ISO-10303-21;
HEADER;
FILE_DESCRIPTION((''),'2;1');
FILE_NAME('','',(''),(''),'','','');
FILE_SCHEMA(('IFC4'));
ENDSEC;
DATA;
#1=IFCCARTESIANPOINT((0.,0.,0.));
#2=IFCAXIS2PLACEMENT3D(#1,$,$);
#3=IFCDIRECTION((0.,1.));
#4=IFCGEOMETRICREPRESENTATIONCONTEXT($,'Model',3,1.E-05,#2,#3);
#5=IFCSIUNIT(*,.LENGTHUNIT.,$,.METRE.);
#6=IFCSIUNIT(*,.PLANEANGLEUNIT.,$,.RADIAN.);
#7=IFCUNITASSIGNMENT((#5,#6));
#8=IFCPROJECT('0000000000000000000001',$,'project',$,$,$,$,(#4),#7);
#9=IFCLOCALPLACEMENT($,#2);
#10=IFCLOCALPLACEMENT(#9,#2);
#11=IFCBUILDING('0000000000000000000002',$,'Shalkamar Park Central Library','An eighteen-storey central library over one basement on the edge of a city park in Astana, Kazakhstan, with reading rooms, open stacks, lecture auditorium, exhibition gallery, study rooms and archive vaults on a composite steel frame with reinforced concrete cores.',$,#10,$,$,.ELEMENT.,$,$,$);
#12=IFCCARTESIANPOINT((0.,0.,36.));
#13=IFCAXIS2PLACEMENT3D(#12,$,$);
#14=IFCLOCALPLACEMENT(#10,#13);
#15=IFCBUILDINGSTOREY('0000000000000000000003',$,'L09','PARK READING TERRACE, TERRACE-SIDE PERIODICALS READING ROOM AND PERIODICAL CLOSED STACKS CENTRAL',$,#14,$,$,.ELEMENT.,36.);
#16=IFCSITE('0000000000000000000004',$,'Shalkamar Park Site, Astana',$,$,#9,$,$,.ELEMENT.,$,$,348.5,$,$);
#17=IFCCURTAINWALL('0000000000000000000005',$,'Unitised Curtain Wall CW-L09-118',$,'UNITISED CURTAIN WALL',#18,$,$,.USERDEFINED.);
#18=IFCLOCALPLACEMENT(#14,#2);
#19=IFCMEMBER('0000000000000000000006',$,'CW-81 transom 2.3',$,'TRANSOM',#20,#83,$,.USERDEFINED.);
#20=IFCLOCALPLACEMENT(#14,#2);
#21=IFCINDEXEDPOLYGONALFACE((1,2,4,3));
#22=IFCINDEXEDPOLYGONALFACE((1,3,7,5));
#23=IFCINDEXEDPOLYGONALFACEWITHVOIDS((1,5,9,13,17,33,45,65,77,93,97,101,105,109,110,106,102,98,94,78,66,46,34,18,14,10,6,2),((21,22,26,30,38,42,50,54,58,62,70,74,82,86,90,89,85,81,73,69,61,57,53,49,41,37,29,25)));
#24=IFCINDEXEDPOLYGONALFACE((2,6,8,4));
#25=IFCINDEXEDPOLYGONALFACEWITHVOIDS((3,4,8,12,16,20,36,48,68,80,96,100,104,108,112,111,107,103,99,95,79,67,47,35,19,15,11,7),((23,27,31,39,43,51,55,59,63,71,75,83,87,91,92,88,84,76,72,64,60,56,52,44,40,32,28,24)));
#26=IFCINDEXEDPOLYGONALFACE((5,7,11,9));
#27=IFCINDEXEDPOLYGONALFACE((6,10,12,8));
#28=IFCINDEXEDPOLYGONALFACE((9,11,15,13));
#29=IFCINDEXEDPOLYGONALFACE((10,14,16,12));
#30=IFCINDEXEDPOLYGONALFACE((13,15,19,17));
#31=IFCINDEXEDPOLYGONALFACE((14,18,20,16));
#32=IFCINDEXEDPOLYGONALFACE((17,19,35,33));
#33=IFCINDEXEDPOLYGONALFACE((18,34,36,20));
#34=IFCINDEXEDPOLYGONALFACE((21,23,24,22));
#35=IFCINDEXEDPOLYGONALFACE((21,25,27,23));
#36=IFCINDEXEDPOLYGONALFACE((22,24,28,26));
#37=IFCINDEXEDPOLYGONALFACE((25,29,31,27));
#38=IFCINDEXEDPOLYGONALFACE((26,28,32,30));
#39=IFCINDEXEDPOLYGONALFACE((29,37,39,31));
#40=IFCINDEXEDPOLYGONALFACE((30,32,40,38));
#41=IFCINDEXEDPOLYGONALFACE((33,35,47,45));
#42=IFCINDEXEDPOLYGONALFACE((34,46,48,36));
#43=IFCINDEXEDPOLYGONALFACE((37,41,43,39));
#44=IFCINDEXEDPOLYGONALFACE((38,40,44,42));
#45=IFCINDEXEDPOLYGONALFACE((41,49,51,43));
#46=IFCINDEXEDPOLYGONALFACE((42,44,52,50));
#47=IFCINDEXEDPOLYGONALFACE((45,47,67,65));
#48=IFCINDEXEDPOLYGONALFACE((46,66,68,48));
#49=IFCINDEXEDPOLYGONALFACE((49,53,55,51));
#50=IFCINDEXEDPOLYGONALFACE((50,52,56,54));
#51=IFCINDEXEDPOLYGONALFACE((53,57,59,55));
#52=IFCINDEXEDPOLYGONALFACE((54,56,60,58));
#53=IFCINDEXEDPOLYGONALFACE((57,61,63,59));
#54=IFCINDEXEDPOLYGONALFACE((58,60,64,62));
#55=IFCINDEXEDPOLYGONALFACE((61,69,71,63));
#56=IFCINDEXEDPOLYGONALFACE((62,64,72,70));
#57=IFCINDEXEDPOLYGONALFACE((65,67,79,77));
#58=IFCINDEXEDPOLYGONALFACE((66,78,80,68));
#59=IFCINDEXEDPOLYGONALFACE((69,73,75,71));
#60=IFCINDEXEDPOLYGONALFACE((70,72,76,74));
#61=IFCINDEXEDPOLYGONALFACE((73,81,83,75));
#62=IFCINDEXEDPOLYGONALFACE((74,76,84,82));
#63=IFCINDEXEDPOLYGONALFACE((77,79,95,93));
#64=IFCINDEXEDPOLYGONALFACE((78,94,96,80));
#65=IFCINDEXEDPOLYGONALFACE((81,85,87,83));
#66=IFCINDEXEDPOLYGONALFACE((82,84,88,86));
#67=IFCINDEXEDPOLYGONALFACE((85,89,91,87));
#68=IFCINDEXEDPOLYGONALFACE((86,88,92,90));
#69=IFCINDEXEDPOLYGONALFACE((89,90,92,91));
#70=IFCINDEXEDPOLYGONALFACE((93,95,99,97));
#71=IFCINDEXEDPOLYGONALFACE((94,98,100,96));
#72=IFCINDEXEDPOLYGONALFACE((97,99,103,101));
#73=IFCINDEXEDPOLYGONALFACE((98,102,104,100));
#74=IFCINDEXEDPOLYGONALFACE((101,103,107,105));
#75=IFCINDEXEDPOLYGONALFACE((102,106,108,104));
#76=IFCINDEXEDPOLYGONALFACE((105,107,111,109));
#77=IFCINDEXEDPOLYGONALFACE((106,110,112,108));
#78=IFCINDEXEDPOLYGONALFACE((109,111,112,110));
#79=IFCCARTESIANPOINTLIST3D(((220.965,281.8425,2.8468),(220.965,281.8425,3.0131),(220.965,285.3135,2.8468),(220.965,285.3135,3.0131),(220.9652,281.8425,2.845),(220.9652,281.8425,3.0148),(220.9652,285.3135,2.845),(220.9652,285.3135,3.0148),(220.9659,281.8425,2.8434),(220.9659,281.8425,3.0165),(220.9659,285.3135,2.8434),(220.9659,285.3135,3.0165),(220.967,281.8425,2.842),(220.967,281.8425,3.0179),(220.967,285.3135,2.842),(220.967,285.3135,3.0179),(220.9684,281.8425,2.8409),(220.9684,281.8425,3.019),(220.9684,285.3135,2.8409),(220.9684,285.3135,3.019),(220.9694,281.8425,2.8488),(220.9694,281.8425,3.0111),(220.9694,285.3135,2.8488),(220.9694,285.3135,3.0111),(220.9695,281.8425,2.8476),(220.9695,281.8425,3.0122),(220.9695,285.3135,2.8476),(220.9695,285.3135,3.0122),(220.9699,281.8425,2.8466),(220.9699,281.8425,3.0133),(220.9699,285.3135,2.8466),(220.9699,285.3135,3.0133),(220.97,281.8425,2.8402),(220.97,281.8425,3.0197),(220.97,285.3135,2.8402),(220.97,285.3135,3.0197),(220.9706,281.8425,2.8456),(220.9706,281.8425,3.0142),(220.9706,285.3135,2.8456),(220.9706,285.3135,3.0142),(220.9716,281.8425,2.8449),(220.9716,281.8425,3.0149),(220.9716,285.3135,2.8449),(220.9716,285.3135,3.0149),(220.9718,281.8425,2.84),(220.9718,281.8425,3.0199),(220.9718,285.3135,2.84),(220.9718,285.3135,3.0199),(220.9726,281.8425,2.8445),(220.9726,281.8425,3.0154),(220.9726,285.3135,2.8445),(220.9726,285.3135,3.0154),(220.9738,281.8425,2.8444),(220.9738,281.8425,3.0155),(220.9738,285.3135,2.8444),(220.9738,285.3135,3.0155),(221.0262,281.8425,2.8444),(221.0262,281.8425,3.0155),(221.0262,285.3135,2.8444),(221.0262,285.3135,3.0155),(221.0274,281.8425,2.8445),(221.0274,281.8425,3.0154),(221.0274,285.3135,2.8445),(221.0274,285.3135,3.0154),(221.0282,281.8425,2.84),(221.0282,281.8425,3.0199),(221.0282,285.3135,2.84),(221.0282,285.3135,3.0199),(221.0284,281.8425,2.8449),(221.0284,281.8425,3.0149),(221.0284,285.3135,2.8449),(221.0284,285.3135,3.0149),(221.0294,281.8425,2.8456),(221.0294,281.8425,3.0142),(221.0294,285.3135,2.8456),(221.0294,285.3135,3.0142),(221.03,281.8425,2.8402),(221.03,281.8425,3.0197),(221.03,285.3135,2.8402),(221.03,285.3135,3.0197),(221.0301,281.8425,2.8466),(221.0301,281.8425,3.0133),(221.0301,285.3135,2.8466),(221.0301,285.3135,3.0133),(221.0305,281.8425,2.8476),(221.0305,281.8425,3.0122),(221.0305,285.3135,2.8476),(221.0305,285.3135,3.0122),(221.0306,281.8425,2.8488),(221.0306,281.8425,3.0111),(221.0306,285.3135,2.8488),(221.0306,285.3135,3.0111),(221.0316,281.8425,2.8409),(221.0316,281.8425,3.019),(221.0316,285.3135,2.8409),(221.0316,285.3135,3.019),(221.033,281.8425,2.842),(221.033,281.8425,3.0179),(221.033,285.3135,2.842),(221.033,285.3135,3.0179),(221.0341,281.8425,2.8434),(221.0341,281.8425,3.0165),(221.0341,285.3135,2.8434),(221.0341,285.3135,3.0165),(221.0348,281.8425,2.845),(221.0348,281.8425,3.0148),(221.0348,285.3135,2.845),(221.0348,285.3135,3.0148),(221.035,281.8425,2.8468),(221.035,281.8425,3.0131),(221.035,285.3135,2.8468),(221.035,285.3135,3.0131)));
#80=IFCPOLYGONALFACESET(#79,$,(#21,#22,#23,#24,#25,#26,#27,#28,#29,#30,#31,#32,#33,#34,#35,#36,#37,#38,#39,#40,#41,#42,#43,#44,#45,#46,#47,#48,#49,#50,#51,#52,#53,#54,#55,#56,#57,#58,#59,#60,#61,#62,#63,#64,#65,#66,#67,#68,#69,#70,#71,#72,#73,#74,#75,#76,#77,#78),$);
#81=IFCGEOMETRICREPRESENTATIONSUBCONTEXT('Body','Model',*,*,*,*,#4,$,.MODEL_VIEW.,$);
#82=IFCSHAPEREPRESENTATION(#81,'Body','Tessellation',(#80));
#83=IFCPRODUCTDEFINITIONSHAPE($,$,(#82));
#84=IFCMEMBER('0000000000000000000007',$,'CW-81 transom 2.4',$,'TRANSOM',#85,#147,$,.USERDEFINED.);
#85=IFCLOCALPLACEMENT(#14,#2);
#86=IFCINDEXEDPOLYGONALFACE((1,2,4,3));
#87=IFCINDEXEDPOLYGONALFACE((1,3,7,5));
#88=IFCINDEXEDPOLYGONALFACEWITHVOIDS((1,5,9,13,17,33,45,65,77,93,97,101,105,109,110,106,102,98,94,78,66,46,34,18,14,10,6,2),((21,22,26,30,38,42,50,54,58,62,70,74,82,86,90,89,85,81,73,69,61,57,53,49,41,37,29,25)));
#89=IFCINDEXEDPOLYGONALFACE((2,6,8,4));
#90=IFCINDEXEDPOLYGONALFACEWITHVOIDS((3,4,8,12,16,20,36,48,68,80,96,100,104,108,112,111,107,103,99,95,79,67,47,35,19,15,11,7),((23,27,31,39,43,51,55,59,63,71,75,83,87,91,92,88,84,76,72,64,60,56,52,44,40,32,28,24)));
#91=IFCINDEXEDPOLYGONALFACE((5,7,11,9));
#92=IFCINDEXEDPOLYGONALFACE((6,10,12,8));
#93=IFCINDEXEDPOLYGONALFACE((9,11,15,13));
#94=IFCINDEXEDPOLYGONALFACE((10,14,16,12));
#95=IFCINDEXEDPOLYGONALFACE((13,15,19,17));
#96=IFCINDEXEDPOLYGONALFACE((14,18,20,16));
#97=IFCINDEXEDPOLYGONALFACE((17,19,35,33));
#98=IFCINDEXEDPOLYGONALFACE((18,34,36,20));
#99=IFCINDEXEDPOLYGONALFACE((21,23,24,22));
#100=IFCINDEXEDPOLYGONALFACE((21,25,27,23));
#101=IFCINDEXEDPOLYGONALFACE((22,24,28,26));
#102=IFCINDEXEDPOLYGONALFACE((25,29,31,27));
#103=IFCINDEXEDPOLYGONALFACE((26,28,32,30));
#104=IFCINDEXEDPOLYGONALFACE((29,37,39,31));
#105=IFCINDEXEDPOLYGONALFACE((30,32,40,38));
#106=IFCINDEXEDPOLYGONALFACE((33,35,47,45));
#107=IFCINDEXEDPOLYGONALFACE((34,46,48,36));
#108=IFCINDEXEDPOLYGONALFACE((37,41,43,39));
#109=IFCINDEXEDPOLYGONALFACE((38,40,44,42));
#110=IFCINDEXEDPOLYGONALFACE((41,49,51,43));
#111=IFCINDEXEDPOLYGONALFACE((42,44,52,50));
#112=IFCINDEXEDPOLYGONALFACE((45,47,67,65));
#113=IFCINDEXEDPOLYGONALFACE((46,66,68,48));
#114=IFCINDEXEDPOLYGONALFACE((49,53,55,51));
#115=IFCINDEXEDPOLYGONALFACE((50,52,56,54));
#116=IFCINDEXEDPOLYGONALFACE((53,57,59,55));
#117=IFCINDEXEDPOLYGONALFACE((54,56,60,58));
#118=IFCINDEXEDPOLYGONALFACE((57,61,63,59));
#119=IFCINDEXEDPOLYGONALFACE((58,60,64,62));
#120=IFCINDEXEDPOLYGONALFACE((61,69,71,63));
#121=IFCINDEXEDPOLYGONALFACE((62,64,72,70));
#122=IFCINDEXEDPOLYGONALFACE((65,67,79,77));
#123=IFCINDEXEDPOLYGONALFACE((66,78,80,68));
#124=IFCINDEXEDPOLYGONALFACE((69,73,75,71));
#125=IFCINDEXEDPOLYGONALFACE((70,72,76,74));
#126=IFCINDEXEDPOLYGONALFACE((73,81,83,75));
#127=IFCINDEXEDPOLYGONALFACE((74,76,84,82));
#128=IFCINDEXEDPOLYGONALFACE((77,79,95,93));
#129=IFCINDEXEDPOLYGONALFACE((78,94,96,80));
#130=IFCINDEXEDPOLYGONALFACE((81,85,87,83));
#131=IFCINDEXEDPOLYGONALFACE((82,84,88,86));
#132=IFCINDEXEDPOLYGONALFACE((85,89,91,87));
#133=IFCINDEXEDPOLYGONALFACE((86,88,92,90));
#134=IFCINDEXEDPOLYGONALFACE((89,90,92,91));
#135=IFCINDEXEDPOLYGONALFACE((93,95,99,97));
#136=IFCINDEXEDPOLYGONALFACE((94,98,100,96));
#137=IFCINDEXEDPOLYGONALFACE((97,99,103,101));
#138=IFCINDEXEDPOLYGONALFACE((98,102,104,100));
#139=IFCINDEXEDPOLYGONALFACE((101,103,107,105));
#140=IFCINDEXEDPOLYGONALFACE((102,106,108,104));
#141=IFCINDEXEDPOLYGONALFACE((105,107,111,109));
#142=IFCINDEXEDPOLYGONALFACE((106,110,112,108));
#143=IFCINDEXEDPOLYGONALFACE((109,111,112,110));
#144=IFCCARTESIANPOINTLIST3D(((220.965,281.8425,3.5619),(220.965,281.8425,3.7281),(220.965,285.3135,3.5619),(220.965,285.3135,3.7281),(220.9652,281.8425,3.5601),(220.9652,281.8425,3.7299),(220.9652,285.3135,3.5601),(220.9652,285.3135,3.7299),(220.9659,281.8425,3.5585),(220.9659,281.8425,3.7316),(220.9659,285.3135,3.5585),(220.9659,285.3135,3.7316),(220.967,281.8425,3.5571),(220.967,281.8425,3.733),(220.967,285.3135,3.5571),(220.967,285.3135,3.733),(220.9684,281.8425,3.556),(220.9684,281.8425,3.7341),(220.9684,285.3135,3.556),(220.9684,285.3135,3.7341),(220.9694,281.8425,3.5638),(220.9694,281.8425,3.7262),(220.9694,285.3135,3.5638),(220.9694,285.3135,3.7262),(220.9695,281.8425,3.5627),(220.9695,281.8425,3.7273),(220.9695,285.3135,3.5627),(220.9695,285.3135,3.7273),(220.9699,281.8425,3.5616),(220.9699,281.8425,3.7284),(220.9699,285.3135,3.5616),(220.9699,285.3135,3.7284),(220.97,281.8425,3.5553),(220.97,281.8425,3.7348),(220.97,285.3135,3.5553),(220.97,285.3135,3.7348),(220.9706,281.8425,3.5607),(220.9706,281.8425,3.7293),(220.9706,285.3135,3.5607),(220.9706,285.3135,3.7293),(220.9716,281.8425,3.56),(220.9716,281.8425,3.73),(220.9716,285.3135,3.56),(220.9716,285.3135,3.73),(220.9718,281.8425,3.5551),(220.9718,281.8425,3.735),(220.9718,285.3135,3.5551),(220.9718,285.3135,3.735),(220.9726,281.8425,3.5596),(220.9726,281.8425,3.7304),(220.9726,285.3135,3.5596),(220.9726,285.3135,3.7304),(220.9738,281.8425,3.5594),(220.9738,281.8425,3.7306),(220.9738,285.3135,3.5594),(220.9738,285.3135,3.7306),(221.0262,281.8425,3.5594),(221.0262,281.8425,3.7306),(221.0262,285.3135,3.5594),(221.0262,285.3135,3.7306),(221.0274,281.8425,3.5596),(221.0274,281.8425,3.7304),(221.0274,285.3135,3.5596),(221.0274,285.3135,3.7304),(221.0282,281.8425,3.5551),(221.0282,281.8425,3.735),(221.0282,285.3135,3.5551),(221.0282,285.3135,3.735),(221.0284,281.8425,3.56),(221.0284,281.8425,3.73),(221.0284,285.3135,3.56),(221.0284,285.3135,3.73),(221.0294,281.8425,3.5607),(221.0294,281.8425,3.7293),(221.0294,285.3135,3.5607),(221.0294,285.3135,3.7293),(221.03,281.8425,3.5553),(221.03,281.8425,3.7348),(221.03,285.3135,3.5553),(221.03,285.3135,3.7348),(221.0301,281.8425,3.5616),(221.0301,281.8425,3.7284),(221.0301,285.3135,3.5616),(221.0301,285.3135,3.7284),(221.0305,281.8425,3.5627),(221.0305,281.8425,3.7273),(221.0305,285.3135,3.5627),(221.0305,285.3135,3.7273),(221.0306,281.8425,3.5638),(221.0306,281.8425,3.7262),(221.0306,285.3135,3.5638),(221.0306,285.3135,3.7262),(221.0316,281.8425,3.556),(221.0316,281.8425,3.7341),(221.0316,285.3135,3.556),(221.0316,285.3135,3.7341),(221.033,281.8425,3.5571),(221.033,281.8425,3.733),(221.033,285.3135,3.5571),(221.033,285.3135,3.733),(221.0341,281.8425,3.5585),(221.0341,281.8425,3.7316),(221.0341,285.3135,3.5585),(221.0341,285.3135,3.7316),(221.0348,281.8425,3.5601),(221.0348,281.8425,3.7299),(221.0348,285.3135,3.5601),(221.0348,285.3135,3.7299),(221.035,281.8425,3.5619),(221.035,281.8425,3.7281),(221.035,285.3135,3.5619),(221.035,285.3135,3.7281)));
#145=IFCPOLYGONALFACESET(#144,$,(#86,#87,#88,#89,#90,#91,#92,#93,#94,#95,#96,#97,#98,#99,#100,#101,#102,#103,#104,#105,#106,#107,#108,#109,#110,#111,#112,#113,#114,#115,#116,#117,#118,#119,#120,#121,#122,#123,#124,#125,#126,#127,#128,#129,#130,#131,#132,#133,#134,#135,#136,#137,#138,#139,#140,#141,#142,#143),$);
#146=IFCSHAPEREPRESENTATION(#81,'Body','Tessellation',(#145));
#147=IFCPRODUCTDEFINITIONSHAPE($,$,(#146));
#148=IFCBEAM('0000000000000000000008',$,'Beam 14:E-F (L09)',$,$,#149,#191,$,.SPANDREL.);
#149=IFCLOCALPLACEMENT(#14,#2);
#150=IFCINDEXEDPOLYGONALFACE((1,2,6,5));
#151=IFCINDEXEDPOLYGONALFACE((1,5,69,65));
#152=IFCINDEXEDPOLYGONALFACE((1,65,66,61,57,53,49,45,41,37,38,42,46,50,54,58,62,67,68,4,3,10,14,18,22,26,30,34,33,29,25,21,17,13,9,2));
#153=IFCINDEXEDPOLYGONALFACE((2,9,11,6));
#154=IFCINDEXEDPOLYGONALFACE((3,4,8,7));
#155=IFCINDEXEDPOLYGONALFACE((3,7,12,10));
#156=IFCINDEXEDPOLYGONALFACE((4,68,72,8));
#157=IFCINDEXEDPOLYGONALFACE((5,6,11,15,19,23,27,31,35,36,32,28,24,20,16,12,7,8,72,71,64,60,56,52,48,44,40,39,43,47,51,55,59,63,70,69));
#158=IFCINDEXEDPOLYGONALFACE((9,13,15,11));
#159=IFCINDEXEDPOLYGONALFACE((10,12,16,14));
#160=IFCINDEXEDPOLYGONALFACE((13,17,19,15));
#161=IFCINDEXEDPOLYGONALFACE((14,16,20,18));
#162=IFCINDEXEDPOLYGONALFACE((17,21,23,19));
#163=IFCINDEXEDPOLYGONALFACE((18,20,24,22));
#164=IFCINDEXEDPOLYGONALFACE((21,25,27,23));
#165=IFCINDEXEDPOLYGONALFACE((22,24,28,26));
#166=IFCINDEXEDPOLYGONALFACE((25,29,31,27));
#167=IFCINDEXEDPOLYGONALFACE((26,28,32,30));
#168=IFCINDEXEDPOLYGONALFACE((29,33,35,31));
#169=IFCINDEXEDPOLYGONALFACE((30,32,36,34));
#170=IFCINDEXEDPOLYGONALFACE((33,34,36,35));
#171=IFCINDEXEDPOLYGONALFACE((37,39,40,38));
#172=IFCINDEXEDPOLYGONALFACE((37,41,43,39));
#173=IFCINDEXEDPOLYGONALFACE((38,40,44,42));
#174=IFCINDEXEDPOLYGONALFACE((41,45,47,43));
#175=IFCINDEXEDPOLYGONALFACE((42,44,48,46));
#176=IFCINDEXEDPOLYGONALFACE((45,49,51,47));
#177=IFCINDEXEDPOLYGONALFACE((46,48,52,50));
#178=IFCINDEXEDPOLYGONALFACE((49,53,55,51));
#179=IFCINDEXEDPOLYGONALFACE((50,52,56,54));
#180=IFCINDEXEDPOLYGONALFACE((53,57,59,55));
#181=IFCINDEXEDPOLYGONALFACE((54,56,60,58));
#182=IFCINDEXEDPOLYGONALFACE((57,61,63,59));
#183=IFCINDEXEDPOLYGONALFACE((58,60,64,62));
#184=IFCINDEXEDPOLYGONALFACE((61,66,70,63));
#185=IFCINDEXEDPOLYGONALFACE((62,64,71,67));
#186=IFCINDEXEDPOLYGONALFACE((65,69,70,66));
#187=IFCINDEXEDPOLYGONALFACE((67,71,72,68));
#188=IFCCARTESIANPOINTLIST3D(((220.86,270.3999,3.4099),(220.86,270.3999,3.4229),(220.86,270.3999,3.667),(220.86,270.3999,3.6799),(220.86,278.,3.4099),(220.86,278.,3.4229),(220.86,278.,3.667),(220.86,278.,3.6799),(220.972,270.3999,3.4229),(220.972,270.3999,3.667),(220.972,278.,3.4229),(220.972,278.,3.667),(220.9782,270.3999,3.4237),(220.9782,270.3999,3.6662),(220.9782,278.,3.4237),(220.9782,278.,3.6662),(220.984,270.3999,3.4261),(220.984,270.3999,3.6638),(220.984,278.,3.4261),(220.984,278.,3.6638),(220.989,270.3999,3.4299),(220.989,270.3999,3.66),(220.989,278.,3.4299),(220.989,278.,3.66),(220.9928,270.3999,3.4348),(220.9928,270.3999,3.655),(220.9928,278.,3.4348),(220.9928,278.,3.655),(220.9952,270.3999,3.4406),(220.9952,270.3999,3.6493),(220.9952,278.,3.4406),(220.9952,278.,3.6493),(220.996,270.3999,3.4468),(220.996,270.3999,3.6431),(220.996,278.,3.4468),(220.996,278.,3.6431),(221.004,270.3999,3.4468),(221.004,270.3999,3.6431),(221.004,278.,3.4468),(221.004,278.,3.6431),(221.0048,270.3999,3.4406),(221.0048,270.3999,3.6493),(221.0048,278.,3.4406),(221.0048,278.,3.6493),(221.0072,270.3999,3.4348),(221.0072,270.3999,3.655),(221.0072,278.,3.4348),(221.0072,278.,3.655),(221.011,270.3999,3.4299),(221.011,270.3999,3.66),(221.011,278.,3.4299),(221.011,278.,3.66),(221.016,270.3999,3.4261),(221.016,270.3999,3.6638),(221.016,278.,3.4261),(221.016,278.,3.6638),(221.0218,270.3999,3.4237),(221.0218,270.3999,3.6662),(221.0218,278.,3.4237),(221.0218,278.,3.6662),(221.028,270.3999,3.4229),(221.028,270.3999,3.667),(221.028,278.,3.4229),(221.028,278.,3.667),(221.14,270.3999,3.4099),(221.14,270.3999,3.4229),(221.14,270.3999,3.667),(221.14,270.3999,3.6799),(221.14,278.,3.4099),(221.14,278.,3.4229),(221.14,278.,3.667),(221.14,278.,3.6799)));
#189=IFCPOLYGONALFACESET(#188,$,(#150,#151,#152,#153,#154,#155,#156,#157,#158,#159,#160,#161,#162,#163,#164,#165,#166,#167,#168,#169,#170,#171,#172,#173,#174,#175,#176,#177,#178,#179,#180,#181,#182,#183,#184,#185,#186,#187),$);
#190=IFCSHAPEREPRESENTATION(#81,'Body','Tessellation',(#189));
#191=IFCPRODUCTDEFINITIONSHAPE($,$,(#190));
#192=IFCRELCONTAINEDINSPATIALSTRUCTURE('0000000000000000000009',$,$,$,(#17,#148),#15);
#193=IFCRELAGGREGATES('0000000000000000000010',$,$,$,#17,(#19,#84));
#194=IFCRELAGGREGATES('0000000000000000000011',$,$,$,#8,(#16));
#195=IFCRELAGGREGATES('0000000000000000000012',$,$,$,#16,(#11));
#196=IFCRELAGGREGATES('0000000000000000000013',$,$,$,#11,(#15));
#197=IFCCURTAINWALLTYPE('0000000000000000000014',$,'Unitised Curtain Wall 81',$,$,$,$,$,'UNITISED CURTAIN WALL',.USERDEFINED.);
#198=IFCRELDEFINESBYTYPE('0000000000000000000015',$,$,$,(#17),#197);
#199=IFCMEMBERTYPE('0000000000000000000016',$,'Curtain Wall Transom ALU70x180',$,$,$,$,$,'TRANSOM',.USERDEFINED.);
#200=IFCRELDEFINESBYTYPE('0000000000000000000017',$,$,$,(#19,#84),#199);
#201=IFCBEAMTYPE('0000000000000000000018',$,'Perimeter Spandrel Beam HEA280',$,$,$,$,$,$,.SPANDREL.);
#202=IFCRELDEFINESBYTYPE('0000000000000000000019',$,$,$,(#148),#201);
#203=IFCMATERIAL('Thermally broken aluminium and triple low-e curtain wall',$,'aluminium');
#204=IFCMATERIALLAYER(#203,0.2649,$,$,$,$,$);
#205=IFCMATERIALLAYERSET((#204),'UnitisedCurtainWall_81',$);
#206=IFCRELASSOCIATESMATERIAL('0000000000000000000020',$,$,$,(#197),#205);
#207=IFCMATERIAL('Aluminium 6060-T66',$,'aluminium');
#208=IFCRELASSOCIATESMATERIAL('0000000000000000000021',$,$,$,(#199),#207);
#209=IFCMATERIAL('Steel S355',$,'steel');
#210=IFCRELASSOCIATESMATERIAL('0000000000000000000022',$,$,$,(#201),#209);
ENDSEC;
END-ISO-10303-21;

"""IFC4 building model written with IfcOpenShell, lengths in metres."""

from ifc_helpers import new_model, si_unit, direction, frame, origin, origin_2d, place, context, subcontext, project, spatial, hollow_rectangle, i_section, extrude, material, layer, layer_set, material_profile, profile_set, type_object, element, aggregate, save


model = new_model("IFC4")

# Units and contexts
model_context = context("Model", 3, precision=1e-05, world=origin(), true_north=direction((0.0, 1.0)))
body_context = subcontext(model_context, "Body", "Model", "MODEL_VIEW")
ifc_project = project(units=[si_unit("LENGTHUNIT", "METRE"), si_unit("PLANEANGLEUNIT", "RADIAN")], contexts=[model_context])

# Site, building, storey
site_placement = place(None, origin())
site = spatial("IfcSite", under=ifc_project, at=site_placement, Name="Shalkamar Park Site, Astana", CompositionType="ELEMENT", RefElevation=348.5)
building_placement = place(site_placement, origin())
building = spatial("IfcBuilding", under=site, at=building_placement, Name="Shalkamar Park Central Library", Description="An eighteen-storey central library over one basement on the edge of a city park in Astana, Kazakhstan, with reading rooms, open stacks, lecture auditorium, exhibition gallery, study rooms and archive vaults on a composite steel frame with reinforced concrete cores.", CompositionType="ELEMENT")
storey_placement = place(building_placement, frame((0.0, 0.0, 36.0)))
storey = spatial("IfcBuildingStorey", under=building, at=storey_placement, Name="L09", Description="PARK READING TERRACE, TERRACE-SIDE PERIODICALS READING ROOM AND PERIODICAL CLOSED STACKS CENTRAL", CompositionType="ELEMENT", Elevation=36.0)

# Shared definitions
ifc_material_1 = material(Name="Steel S355", Category="steel")

# Curtain wall, members
ifc_material_2 = material(Name="Thermally broken aluminium and triple low-e curtain wall", Category="aluminium")
ifc_layer_1 = layer(ifc_material_2, 0.2649)
ifc_layer_set_1 = layer_set([ifc_layer_1], Name="UnitisedCurtainWall_81")
curtain_wall_type = type_object("IfcCurtainWallType", Name="Unitised Curtain Wall 81", ElementType="UNITISED CURTAIN WALL", PredefinedType="USERDEFINED", material=ifc_layer_set_1)
curtain_wall_placement = place(storey_placement, origin())
curtain_wall = element("IfcCurtainWall", 1, at=curtain_wall_placement, inside=storey, type_object=curtain_wall_type, Name="Unitised Curtain Wall CW-L09-118", ObjectType="UNITISED CURTAIN WALL", PredefinedType="USERDEFINED")
ifc_material_3 = material(Name="Aluminium 6060-T66", Category="aluminium")
ifc_material_profile_1 = material_profile(ifc_material_3, hollow_rectangle(XDim=0.0701, YDim=0.1799, WallThickness=0.0044, InnerFilletRadius=0.0044, OuterFilletRadius=0.0068, at=origin_2d()), Name="ALU 70x180x4.5")
ifc_profile_set_1 = profile_set([ifc_material_profile_1], Name="Aluminium 6060-T66")
member_type_1 = type_object("IfcMemberType", Name="Curtain Wall Transom ALU70x180", ElementType="TRANSOM", PredefinedType="USERDEFINED", material=ifc_profile_set_1)
member_1_placement = place(storey_placement, frame((221.0, 281.8425, 2.9299), z_axis=(0.0, 1.0, 0.0), x_axis=(-1.0, 0.0, 0.0)))
member_1 = element("IfcMember", 2, at=member_1_placement, type_object=member_type_1, Name="CW-81 transom 2.3", ObjectType="TRANSOM", PredefinedType="USERDEFINED", context=body_context, shape_type="SweptSolid", body=[
    extrude(hollow_rectangle(XDim=0.0701, YDim=0.1799, WallThickness=0.0044, InnerFilletRadius=0.0044, OuterFilletRadius=0.0068, at=origin_2d()), origin(), (0.0, 0.0, 1.0), 3.4709),
])
member_2_placement = place(storey_placement, frame((221.0, 281.8425, 3.645), z_axis=(0.0, 1.0, 0.0), x_axis=(-1.0, 0.0, 0.0)))
member_2 = element("IfcMember", 3, at=member_2_placement, type_object=member_type_1, Name="CW-81 transom 2.4", ObjectType="TRANSOM", PredefinedType="USERDEFINED", context=body_context, shape_type="SweptSolid", body=[
    extrude(hollow_rectangle(XDim=0.0701, YDim=0.1799, WallThickness=0.0044, InnerFilletRadius=0.0044, OuterFilletRadius=0.0068, at=origin_2d()), origin(), (0.0, 0.0, 1.0), 3.4709),
])

# Beam
ifc_material_profile_2 = material_profile(ifc_material_1, i_section(OverallWidth=0.28, OverallDepth=0.27, WebThickness=0.0081, FlangeThickness=0.0129, FilletRadius=0.0239, at=origin_2d()), Name="HEA 280")
ifc_profile_set_2 = profile_set([ifc_material_profile_2], Name="Steel S355")
beam_type_1 = type_object("IfcBeamType", Name="Perimeter Spandrel Beam HEA280", PredefinedType="SPANDREL", material=ifc_profile_set_2)
for number, where, z_axis, x_axis, name in (
    (4, (221.0, 270.3999, 3.5449), (0.0, 1.0, 0.0), (-1.0, 0.0, 0.0), "Beam 14:E-F (L09)"),
):
    element("IfcBeam", number, at=place(storey_placement, frame(where, z_axis=z_axis, x_axis=x_axis)), inside=storey, type_object=beam_type_1, Name=name, PredefinedType="SPANDREL", context=body_context, shape_type="SweptSolid", body=[
        extrude(i_section(OverallWidth=0.28, OverallDepth=0.27, WebThickness=0.0081, FlangeThickness=0.0129, FilletRadius=0.0239, at=origin_2d()), origin(), (0.0, 0.0, 1.0), 7.6001),
    ])

aggregate(curtain_wall, [member_1, member_2])

save(model, "model.ifc")
